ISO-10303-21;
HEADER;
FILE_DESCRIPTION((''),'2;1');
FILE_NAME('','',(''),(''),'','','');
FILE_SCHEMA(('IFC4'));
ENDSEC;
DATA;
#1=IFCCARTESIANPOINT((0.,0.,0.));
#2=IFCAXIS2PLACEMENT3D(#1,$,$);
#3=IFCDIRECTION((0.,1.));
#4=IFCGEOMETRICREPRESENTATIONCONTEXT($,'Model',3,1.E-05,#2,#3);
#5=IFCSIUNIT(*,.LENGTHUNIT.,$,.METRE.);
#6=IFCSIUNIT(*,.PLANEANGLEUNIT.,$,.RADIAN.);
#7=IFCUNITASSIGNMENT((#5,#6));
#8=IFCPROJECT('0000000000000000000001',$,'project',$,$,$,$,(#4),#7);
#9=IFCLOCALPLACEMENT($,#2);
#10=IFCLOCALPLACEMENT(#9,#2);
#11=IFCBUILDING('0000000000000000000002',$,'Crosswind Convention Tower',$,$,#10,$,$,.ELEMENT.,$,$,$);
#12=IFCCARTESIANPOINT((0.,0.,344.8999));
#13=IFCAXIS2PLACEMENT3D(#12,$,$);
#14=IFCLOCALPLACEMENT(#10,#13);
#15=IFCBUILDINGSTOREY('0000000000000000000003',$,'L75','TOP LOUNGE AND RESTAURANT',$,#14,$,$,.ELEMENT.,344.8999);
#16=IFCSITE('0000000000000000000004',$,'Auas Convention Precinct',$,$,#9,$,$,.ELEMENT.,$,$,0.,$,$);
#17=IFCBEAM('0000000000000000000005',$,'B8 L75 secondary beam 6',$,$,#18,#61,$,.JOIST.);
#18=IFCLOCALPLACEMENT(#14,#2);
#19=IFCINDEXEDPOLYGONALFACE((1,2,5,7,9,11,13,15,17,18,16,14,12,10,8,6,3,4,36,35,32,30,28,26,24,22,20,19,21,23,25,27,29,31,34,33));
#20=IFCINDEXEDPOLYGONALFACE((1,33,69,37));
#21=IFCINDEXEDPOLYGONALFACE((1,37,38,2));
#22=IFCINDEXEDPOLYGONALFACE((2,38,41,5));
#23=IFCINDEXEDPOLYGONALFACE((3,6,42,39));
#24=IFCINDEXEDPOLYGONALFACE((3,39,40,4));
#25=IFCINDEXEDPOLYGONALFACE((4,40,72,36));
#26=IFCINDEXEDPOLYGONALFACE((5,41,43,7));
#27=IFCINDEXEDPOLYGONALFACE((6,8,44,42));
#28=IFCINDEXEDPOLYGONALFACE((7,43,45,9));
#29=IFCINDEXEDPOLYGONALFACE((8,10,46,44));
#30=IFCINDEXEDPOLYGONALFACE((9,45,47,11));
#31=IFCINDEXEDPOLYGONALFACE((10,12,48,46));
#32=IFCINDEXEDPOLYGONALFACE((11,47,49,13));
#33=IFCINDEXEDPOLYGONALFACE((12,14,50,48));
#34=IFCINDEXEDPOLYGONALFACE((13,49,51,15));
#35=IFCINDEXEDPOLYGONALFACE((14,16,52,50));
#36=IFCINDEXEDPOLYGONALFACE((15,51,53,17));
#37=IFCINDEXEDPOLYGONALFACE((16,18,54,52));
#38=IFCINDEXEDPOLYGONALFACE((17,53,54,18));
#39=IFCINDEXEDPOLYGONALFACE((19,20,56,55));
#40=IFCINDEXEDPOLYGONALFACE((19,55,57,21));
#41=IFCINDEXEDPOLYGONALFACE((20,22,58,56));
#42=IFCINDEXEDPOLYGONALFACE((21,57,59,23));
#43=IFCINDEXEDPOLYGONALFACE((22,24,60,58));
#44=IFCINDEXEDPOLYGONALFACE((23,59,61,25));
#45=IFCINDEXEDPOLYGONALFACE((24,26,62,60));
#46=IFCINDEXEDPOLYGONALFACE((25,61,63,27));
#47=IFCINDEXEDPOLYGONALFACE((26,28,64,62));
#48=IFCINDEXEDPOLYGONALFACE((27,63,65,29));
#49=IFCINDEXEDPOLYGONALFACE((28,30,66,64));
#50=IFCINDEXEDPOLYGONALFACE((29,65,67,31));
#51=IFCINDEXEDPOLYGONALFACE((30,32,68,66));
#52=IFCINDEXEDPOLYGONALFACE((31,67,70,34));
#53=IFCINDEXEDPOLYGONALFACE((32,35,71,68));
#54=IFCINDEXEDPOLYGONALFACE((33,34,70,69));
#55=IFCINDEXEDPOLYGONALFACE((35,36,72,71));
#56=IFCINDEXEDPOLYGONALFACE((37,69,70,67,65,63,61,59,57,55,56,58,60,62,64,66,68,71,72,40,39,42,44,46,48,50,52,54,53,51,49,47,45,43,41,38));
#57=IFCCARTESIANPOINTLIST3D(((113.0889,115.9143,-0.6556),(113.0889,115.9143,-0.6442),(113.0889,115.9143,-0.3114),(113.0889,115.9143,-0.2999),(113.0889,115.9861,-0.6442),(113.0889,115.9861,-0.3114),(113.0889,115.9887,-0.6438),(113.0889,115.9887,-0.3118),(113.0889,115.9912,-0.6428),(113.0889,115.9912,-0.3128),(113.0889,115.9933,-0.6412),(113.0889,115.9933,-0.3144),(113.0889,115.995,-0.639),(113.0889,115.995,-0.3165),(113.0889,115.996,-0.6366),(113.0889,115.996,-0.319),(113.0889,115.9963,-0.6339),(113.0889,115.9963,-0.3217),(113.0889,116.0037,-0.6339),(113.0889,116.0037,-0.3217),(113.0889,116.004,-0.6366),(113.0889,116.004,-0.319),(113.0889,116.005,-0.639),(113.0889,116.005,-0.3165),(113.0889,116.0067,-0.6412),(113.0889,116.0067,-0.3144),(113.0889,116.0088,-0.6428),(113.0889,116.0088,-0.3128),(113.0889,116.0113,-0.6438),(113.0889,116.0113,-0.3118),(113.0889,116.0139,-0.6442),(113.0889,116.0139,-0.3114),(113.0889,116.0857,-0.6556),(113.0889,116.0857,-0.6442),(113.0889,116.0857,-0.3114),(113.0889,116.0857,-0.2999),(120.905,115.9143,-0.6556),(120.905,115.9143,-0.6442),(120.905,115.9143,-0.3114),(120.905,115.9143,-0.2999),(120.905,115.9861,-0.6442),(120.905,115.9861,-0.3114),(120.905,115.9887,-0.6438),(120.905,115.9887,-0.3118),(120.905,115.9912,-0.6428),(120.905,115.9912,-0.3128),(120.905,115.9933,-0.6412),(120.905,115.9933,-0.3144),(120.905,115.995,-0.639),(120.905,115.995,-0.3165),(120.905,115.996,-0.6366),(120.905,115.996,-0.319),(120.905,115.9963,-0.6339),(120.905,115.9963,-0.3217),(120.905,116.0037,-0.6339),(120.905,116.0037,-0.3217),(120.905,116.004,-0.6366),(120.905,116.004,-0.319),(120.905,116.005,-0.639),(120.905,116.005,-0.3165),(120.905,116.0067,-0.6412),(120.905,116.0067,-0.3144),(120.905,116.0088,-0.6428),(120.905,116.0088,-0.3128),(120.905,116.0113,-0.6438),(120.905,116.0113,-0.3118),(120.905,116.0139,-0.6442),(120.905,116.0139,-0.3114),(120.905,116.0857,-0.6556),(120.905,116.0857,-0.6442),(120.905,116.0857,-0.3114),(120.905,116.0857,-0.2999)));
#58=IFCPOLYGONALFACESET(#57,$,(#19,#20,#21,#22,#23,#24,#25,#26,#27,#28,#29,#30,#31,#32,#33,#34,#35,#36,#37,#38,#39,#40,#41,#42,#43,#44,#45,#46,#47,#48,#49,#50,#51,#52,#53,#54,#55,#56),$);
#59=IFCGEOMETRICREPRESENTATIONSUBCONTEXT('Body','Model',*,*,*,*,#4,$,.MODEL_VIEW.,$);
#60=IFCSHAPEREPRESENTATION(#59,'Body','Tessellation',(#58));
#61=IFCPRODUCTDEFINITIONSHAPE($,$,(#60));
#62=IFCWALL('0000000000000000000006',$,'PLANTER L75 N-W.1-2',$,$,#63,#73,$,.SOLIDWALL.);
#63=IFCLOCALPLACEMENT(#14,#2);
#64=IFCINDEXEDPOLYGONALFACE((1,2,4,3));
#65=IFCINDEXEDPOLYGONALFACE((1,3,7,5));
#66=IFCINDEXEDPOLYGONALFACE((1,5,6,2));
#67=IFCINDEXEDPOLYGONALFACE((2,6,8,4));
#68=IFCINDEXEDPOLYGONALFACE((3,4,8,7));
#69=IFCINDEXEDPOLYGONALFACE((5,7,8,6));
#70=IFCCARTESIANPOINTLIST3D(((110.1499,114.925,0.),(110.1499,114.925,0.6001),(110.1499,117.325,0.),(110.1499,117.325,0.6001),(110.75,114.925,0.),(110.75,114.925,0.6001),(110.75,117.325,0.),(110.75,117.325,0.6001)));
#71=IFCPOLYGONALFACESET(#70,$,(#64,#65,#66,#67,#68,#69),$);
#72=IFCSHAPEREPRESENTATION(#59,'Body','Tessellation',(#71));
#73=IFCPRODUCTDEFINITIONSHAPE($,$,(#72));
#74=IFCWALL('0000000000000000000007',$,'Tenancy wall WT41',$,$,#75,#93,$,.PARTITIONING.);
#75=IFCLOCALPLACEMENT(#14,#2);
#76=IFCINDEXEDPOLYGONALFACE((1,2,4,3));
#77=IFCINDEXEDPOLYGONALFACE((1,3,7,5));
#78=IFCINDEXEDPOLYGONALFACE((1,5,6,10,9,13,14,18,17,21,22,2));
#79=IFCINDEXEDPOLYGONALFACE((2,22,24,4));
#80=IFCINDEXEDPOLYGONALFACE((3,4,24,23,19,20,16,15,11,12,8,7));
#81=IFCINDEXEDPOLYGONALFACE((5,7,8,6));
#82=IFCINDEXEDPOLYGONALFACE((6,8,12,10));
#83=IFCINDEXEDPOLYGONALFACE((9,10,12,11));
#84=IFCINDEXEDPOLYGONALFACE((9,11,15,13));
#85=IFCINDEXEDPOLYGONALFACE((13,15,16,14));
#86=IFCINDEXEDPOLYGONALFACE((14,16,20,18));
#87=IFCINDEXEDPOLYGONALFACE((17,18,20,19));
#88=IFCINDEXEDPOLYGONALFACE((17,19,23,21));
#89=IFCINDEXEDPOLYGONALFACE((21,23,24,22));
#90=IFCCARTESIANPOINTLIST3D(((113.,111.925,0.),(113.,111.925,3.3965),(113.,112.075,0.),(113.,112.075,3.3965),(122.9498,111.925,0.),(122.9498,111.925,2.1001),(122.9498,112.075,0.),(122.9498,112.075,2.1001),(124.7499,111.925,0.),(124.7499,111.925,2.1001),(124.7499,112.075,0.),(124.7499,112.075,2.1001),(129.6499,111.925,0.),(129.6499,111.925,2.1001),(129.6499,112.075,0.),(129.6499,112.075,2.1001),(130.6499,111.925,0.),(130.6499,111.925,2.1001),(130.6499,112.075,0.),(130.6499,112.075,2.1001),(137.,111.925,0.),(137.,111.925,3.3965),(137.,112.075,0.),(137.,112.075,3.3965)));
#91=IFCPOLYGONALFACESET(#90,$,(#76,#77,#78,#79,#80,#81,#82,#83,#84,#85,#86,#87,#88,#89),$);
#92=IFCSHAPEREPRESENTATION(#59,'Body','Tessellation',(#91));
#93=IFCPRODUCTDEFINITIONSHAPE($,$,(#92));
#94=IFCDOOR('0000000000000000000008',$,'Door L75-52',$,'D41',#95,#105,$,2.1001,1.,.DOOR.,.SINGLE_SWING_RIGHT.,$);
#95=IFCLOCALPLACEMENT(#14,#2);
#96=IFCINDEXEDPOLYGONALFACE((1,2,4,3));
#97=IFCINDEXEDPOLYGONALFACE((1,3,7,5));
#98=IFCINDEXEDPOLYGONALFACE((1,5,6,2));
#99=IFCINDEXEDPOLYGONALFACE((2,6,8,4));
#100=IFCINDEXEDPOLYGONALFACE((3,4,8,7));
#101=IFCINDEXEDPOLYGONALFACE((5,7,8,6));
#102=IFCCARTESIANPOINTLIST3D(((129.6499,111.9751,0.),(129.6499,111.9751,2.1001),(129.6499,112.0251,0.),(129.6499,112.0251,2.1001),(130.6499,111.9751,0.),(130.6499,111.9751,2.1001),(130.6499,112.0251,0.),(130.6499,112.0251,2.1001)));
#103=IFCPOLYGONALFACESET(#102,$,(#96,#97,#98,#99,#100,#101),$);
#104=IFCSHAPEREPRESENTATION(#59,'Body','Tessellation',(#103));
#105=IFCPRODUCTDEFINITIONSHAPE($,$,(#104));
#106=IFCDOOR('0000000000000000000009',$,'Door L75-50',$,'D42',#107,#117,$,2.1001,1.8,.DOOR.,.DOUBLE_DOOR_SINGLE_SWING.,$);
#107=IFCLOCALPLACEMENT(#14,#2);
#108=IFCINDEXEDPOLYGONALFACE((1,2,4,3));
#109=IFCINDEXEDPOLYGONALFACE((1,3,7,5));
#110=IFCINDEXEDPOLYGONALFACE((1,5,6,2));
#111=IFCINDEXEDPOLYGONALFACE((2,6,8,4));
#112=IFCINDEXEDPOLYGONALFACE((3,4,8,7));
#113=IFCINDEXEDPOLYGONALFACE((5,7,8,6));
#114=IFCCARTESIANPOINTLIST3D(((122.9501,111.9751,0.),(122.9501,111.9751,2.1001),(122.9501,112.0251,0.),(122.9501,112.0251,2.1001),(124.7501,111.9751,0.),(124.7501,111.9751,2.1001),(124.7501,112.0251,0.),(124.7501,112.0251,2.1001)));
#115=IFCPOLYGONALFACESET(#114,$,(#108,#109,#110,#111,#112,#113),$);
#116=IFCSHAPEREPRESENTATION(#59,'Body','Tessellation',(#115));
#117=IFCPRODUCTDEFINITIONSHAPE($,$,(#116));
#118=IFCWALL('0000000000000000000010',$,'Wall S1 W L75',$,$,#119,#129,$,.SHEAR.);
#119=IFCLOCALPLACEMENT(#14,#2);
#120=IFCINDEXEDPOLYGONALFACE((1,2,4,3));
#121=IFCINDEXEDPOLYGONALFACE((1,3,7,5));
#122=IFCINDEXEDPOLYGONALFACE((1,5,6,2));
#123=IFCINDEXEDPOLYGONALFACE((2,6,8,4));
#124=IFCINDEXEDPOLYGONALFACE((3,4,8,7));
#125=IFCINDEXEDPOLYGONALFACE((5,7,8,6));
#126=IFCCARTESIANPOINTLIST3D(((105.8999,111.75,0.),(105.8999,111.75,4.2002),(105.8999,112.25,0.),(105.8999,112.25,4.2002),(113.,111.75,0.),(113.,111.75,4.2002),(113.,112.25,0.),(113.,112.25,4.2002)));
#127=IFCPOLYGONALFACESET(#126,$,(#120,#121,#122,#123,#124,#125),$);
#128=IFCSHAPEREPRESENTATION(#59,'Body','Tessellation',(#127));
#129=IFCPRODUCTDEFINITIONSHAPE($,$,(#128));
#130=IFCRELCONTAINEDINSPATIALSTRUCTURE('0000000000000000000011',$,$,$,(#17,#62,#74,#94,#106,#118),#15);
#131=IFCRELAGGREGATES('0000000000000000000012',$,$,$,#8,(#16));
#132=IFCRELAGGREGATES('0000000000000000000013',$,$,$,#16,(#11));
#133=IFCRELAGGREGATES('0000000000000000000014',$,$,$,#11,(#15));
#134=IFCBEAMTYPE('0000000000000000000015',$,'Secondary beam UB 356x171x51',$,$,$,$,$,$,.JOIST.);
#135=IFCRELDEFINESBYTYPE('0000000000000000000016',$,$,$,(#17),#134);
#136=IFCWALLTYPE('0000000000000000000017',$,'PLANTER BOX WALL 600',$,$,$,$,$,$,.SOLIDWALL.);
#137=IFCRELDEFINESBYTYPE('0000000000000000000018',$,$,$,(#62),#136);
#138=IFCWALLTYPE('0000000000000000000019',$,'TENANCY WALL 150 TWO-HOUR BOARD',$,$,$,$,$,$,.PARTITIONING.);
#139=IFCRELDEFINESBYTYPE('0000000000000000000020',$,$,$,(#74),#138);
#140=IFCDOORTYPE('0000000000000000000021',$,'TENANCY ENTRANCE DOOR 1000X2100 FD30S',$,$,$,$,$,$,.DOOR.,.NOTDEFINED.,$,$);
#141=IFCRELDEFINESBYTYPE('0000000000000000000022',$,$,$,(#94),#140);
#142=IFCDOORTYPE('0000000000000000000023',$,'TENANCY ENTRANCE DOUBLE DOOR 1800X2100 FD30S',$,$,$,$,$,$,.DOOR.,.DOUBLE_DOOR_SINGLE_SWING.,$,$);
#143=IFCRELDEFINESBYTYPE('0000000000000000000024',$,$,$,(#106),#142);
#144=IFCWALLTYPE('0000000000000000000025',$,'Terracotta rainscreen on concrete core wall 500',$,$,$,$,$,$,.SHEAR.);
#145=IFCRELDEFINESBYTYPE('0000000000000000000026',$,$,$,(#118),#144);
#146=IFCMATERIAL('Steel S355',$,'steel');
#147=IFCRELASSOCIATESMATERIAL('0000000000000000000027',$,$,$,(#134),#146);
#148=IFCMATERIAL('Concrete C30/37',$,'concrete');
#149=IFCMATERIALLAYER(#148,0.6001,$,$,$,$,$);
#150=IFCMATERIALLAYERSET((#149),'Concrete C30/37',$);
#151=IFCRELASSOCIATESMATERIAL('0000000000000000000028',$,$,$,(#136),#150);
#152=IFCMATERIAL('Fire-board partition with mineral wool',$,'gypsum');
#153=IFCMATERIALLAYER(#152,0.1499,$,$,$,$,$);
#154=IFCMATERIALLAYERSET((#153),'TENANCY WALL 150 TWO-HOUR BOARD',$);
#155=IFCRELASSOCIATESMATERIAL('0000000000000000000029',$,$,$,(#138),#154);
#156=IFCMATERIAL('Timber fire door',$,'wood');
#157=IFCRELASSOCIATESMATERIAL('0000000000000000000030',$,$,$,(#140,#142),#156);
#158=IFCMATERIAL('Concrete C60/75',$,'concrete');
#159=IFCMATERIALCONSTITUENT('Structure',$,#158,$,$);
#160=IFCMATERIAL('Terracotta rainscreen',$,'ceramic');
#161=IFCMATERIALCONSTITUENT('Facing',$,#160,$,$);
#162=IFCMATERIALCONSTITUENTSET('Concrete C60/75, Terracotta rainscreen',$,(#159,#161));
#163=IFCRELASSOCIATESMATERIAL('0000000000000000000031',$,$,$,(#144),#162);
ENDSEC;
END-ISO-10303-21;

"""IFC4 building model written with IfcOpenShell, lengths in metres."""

from ifc_helpers import new_model, si_unit, direction, frame, frame_2d, origin, origin_2d, place, context, subcontext, project, spatial, rectangle, i_section, extrude, material, layer, layer_set, constituent, constituent_set, material_profile, profile_set, type_object, element, fill, save


model = new_model("IFC4")

# Units and contexts
model_context = context("Model", 3, precision=1e-05, world=origin(), true_north=direction((0.0, 1.0)))
body_context = subcontext(model_context, "Body", "Model", "MODEL_VIEW")
ifc_project = project(units=[si_unit("LENGTHUNIT", "METRE"), si_unit("PLANEANGLEUNIT", "RADIAN")], contexts=[model_context])

# Site, building, storey
site_placement = place(None, origin())
site = spatial("IfcSite", under=ifc_project, at=site_placement, Name="Auas Convention Precinct", CompositionType="ELEMENT", RefElevation=0.0)
building_placement = place(site_placement, origin())
building = spatial("IfcBuilding", under=site, at=building_placement, Name="Crosswind Convention Tower", CompositionType="ELEMENT")
storey_placement = place(building_placement, frame((0.0, 0.0, 344.8999)))
storey = spatial("IfcBuildingStorey", under=building, at=storey_placement, Name="L75", Description="TOP LOUNGE AND RESTAURANT", CompositionType="ELEMENT", Elevation=344.8999)

# Shared definitions
ifc_material_1 = material(Name="Concrete C60/75", Category="concrete")

# Shared definitions
ifc_material_2 = material(Name="Steel S355", Category="steel")

# Beam
ifc_material_profile_1 = material_profile(ifc_material_2, i_section(OverallWidth=0.1714, OverallDepth=0.3557, WebThickness=0.0073, FlangeThickness=0.0115, FilletRadius=0.0103, at=origin_2d()), Name="UB 356x171x51")
ifc_profile_set_1 = profile_set([ifc_material_profile_1], Name="Steel S355")
beam_type_1 = type_object("IfcBeamType", Name="Secondary beam UB 356x171x51", PredefinedType="JOIST", material=ifc_profile_set_1)
beam_1_placement = place(storey_placement, frame((113.0889, 116.0, -0.4778), z_axis=(1.0, 0.0, 0.0), x_axis=(0.0, 1.0, 0.0)))
element("IfcBeam", 1, at=beam_1_placement, inside=storey, type_object=beam_type_1, Name="B8 L75 secondary beam 6", PredefinedType="JOIST", context=body_context, shape_type="SweptSolid", body=[
    extrude(i_section(OverallWidth=0.1714, OverallDepth=0.3557, WebThickness=0.0073, FlangeThickness=0.0115, FilletRadius=0.0103, at=origin_2d()), origin(), (0.0, 0.0, 1.0), 7.8162),
])

# Wall
ifc_material_3 = material(Name="Concrete C30/37", Category="concrete")
ifc_layer_1 = layer(ifc_material_3, 0.6001)
ifc_layer_set_1 = layer_set([ifc_layer_1], Name="Concrete C30/37")
wall_type_1 = type_object("IfcWallType", Name="PLANTER BOX WALL 600", PredefinedType="SOLIDWALL", material=ifc_layer_set_1)
wall_1_placement = place(storey_placement, frame((110.45, 117.325, 0.0), z_axis=(0.0, 0.0, 1.0), x_axis=(0.0, -1.0, 0.0)))
element("IfcWall", 2, at=wall_1_placement, inside=storey, type_object=wall_type_1, Name="PLANTER L75 N-W.1-2", PredefinedType="SOLIDWALL", context=body_context, shape_type="SweptSolid", body=[
    extrude(rectangle(XDim=2.3999, YDim=0.6001, at=frame_2d((1.2, 0.0))), origin(), (0.0, 0.0, 1.0), 0.6001),
])

# Wall, openings, doors
ifc_material_4 = material(Name="Fire-board partition with mineral wool", Category="gypsum")
ifc_layer_2 = layer(ifc_material_4, 0.1499)
ifc_layer_set_2 = layer_set([ifc_layer_2], Name="TENANCY WALL 150 TWO-HOUR BOARD")
wall_type_2 = type_object("IfcWallType", Name="TENANCY WALL 150 TWO-HOUR BOARD", PredefinedType="PARTITIONING", material=ifc_layer_set_2)
wall_2_placement = place(storey_placement, frame((113.0, 112.0, 0.0), z_axis=(0.0, 0.0, 1.0), x_axis=(1.0, 0.0, 0.0)))
wall_2 = element("IfcWall", 3, at=wall_2_placement, inside=storey, type_object=wall_type_2, Name="Tenancy wall WT41", PredefinedType="PARTITIONING", context=body_context, shape_type="SweptSolid", body=[
    extrude(rectangle(XDim=24.0, YDim=0.1499, at=frame_2d((12.0, 0.0))), origin(), (0.0, 0.0, 1.0), 3.3965),
])
opening_1_placement = place(wall_2_placement, frame((9.95, 0.0, 0.0)))
opening_1 = element("IfcOpeningElement", 4, at=opening_1_placement, cuts=wall_2, PredefinedType="OPENING", context=body_context, shape_type="SweptSolid", body=[
    extrude(rectangle(XDim=1.8, YDim=2.1001, at=frame_2d((0.8999, 1.05))), frame((0.0, 0.085, 0.0), z_axis=(0.0, -1.0, 0.0), x_axis=(1.0, 0.0, 0.0)), (0.0, 0.0, 1.0), 0.1699),
])
opening_2_placement = place(wall_2_placement, frame((16.6499, 0.0, 0.0)))
opening_2 = element("IfcOpeningElement", 5, at=opening_2_placement, cuts=wall_2, PredefinedType="OPENING", context=body_context, shape_type="SweptSolid", body=[
    extrude(rectangle(XDim=1.0, YDim=2.1001, at=frame_2d((0.5, 1.05))), frame((0.0, 0.085, 0.0), z_axis=(0.0, -1.0, 0.0), x_axis=(1.0, 0.0, 0.0)), (0.0, 0.0, 1.0), 0.1699),
])
ifc_material_5 = material(Name="Timber fire door", Category="wood")
door_type_1 = type_object("IfcDoorType", Name="TENANCY ENTRANCE DOOR 1000X2100 FD30S", OperationType="NOTDEFINED", PredefinedType="DOOR", material=ifc_material_5)
door_1_placement = place(opening_2_placement, frame((1.0, 0.0, 0.0), z_axis=(0.0, 0.0, 1.0), x_axis=(-1.0, 0.0, 0.0)))
door_1 = element("IfcDoor", 6, at=door_1_placement, inside=storey, type_object=door_type_1, Name="Door L75-52", ObjectType="D41", OperationType="SINGLE_SWING_RIGHT", OverallHeight=2.1001, OverallWidth=1.0, PredefinedType="DOOR", context=body_context, shape_type="SweptSolid", body=[
    extrude(rectangle(XDim=1.0, YDim=2.1001, at=frame_2d((0.5, 1.05))), frame((0.0, 0.0249, 0.0), z_axis=(0.0, -1.0, 0.0), x_axis=(1.0, 0.0, 0.0)), (0.0, 0.0, 1.0), 0.05),
])
fill(opening_2, door_1)
door_type_2 = type_object("IfcDoorType", Name="TENANCY ENTRANCE DOUBLE DOOR 1800X2100 FD30S", OperationType="DOUBLE_DOOR_SINGLE_SWING", PredefinedType="DOOR", material=ifc_material_5)
door_2_placement = place(opening_1_placement, frame((1.8, 0.0, 0.0), z_axis=(0.0, 0.0, 1.0), x_axis=(-1.0, 0.0, 0.0)))
door_2 = element("IfcDoor", 7, at=door_2_placement, inside=storey, type_object=door_type_2, Name="Door L75-50", ObjectType="D42", OperationType="DOUBLE_DOOR_SINGLE_SWING", OverallHeight=2.1001, OverallWidth=1.8, PredefinedType="DOOR", context=body_context, shape_type="SweptSolid", body=[
    extrude(rectangle(XDim=1.8, YDim=2.1001, at=frame_2d((0.8999, 1.05))), frame((0.0, 0.0249, 0.0), z_axis=(0.0, -1.0, 0.0), x_axis=(1.0, 0.0, 0.0)), (0.0, 0.0, 1.0), 0.05),
])
fill(opening_1, door_2)

# Shared definitions
ifc_material_6 = material(Name="Terracotta rainscreen", Category="ceramic")

# Wall
ifc_constituent_1 = constituent(ifc_material_1, Name="Structure")
ifc_constituent_2 = constituent(ifc_material_6, Name="Facing")
ifc_constituent_set = constituent_set(constituents=[ifc_constituent_1, ifc_constituent_2], Name="Concrete C60/75, Terracotta rainscreen")
wall_type_3 = type_object("IfcWallType", Name="Terracotta rainscreen on concrete core wall 500", PredefinedType="SHEAR", material=ifc_constituent_set)
wall_3_placement = place(storey_placement, frame((113.0, 112.0, 0.0), z_axis=(0.0, 0.0, 1.0), x_axis=(-1.0, 0.0, 0.0)))
element("IfcWall", 8, at=wall_3_placement, inside=storey, type_object=wall_type_3, Name="Wall S1 W L75", PredefinedType="SHEAR", context=body_context, shape_type="SweptSolid", body=[
    extrude(rectangle(XDim=7.1001, YDim=0.5, at=frame_2d((3.55, 0.0))), origin(), (0.0, 0.0, 1.0), 4.2002),
])

save(model, "model.ifc")
